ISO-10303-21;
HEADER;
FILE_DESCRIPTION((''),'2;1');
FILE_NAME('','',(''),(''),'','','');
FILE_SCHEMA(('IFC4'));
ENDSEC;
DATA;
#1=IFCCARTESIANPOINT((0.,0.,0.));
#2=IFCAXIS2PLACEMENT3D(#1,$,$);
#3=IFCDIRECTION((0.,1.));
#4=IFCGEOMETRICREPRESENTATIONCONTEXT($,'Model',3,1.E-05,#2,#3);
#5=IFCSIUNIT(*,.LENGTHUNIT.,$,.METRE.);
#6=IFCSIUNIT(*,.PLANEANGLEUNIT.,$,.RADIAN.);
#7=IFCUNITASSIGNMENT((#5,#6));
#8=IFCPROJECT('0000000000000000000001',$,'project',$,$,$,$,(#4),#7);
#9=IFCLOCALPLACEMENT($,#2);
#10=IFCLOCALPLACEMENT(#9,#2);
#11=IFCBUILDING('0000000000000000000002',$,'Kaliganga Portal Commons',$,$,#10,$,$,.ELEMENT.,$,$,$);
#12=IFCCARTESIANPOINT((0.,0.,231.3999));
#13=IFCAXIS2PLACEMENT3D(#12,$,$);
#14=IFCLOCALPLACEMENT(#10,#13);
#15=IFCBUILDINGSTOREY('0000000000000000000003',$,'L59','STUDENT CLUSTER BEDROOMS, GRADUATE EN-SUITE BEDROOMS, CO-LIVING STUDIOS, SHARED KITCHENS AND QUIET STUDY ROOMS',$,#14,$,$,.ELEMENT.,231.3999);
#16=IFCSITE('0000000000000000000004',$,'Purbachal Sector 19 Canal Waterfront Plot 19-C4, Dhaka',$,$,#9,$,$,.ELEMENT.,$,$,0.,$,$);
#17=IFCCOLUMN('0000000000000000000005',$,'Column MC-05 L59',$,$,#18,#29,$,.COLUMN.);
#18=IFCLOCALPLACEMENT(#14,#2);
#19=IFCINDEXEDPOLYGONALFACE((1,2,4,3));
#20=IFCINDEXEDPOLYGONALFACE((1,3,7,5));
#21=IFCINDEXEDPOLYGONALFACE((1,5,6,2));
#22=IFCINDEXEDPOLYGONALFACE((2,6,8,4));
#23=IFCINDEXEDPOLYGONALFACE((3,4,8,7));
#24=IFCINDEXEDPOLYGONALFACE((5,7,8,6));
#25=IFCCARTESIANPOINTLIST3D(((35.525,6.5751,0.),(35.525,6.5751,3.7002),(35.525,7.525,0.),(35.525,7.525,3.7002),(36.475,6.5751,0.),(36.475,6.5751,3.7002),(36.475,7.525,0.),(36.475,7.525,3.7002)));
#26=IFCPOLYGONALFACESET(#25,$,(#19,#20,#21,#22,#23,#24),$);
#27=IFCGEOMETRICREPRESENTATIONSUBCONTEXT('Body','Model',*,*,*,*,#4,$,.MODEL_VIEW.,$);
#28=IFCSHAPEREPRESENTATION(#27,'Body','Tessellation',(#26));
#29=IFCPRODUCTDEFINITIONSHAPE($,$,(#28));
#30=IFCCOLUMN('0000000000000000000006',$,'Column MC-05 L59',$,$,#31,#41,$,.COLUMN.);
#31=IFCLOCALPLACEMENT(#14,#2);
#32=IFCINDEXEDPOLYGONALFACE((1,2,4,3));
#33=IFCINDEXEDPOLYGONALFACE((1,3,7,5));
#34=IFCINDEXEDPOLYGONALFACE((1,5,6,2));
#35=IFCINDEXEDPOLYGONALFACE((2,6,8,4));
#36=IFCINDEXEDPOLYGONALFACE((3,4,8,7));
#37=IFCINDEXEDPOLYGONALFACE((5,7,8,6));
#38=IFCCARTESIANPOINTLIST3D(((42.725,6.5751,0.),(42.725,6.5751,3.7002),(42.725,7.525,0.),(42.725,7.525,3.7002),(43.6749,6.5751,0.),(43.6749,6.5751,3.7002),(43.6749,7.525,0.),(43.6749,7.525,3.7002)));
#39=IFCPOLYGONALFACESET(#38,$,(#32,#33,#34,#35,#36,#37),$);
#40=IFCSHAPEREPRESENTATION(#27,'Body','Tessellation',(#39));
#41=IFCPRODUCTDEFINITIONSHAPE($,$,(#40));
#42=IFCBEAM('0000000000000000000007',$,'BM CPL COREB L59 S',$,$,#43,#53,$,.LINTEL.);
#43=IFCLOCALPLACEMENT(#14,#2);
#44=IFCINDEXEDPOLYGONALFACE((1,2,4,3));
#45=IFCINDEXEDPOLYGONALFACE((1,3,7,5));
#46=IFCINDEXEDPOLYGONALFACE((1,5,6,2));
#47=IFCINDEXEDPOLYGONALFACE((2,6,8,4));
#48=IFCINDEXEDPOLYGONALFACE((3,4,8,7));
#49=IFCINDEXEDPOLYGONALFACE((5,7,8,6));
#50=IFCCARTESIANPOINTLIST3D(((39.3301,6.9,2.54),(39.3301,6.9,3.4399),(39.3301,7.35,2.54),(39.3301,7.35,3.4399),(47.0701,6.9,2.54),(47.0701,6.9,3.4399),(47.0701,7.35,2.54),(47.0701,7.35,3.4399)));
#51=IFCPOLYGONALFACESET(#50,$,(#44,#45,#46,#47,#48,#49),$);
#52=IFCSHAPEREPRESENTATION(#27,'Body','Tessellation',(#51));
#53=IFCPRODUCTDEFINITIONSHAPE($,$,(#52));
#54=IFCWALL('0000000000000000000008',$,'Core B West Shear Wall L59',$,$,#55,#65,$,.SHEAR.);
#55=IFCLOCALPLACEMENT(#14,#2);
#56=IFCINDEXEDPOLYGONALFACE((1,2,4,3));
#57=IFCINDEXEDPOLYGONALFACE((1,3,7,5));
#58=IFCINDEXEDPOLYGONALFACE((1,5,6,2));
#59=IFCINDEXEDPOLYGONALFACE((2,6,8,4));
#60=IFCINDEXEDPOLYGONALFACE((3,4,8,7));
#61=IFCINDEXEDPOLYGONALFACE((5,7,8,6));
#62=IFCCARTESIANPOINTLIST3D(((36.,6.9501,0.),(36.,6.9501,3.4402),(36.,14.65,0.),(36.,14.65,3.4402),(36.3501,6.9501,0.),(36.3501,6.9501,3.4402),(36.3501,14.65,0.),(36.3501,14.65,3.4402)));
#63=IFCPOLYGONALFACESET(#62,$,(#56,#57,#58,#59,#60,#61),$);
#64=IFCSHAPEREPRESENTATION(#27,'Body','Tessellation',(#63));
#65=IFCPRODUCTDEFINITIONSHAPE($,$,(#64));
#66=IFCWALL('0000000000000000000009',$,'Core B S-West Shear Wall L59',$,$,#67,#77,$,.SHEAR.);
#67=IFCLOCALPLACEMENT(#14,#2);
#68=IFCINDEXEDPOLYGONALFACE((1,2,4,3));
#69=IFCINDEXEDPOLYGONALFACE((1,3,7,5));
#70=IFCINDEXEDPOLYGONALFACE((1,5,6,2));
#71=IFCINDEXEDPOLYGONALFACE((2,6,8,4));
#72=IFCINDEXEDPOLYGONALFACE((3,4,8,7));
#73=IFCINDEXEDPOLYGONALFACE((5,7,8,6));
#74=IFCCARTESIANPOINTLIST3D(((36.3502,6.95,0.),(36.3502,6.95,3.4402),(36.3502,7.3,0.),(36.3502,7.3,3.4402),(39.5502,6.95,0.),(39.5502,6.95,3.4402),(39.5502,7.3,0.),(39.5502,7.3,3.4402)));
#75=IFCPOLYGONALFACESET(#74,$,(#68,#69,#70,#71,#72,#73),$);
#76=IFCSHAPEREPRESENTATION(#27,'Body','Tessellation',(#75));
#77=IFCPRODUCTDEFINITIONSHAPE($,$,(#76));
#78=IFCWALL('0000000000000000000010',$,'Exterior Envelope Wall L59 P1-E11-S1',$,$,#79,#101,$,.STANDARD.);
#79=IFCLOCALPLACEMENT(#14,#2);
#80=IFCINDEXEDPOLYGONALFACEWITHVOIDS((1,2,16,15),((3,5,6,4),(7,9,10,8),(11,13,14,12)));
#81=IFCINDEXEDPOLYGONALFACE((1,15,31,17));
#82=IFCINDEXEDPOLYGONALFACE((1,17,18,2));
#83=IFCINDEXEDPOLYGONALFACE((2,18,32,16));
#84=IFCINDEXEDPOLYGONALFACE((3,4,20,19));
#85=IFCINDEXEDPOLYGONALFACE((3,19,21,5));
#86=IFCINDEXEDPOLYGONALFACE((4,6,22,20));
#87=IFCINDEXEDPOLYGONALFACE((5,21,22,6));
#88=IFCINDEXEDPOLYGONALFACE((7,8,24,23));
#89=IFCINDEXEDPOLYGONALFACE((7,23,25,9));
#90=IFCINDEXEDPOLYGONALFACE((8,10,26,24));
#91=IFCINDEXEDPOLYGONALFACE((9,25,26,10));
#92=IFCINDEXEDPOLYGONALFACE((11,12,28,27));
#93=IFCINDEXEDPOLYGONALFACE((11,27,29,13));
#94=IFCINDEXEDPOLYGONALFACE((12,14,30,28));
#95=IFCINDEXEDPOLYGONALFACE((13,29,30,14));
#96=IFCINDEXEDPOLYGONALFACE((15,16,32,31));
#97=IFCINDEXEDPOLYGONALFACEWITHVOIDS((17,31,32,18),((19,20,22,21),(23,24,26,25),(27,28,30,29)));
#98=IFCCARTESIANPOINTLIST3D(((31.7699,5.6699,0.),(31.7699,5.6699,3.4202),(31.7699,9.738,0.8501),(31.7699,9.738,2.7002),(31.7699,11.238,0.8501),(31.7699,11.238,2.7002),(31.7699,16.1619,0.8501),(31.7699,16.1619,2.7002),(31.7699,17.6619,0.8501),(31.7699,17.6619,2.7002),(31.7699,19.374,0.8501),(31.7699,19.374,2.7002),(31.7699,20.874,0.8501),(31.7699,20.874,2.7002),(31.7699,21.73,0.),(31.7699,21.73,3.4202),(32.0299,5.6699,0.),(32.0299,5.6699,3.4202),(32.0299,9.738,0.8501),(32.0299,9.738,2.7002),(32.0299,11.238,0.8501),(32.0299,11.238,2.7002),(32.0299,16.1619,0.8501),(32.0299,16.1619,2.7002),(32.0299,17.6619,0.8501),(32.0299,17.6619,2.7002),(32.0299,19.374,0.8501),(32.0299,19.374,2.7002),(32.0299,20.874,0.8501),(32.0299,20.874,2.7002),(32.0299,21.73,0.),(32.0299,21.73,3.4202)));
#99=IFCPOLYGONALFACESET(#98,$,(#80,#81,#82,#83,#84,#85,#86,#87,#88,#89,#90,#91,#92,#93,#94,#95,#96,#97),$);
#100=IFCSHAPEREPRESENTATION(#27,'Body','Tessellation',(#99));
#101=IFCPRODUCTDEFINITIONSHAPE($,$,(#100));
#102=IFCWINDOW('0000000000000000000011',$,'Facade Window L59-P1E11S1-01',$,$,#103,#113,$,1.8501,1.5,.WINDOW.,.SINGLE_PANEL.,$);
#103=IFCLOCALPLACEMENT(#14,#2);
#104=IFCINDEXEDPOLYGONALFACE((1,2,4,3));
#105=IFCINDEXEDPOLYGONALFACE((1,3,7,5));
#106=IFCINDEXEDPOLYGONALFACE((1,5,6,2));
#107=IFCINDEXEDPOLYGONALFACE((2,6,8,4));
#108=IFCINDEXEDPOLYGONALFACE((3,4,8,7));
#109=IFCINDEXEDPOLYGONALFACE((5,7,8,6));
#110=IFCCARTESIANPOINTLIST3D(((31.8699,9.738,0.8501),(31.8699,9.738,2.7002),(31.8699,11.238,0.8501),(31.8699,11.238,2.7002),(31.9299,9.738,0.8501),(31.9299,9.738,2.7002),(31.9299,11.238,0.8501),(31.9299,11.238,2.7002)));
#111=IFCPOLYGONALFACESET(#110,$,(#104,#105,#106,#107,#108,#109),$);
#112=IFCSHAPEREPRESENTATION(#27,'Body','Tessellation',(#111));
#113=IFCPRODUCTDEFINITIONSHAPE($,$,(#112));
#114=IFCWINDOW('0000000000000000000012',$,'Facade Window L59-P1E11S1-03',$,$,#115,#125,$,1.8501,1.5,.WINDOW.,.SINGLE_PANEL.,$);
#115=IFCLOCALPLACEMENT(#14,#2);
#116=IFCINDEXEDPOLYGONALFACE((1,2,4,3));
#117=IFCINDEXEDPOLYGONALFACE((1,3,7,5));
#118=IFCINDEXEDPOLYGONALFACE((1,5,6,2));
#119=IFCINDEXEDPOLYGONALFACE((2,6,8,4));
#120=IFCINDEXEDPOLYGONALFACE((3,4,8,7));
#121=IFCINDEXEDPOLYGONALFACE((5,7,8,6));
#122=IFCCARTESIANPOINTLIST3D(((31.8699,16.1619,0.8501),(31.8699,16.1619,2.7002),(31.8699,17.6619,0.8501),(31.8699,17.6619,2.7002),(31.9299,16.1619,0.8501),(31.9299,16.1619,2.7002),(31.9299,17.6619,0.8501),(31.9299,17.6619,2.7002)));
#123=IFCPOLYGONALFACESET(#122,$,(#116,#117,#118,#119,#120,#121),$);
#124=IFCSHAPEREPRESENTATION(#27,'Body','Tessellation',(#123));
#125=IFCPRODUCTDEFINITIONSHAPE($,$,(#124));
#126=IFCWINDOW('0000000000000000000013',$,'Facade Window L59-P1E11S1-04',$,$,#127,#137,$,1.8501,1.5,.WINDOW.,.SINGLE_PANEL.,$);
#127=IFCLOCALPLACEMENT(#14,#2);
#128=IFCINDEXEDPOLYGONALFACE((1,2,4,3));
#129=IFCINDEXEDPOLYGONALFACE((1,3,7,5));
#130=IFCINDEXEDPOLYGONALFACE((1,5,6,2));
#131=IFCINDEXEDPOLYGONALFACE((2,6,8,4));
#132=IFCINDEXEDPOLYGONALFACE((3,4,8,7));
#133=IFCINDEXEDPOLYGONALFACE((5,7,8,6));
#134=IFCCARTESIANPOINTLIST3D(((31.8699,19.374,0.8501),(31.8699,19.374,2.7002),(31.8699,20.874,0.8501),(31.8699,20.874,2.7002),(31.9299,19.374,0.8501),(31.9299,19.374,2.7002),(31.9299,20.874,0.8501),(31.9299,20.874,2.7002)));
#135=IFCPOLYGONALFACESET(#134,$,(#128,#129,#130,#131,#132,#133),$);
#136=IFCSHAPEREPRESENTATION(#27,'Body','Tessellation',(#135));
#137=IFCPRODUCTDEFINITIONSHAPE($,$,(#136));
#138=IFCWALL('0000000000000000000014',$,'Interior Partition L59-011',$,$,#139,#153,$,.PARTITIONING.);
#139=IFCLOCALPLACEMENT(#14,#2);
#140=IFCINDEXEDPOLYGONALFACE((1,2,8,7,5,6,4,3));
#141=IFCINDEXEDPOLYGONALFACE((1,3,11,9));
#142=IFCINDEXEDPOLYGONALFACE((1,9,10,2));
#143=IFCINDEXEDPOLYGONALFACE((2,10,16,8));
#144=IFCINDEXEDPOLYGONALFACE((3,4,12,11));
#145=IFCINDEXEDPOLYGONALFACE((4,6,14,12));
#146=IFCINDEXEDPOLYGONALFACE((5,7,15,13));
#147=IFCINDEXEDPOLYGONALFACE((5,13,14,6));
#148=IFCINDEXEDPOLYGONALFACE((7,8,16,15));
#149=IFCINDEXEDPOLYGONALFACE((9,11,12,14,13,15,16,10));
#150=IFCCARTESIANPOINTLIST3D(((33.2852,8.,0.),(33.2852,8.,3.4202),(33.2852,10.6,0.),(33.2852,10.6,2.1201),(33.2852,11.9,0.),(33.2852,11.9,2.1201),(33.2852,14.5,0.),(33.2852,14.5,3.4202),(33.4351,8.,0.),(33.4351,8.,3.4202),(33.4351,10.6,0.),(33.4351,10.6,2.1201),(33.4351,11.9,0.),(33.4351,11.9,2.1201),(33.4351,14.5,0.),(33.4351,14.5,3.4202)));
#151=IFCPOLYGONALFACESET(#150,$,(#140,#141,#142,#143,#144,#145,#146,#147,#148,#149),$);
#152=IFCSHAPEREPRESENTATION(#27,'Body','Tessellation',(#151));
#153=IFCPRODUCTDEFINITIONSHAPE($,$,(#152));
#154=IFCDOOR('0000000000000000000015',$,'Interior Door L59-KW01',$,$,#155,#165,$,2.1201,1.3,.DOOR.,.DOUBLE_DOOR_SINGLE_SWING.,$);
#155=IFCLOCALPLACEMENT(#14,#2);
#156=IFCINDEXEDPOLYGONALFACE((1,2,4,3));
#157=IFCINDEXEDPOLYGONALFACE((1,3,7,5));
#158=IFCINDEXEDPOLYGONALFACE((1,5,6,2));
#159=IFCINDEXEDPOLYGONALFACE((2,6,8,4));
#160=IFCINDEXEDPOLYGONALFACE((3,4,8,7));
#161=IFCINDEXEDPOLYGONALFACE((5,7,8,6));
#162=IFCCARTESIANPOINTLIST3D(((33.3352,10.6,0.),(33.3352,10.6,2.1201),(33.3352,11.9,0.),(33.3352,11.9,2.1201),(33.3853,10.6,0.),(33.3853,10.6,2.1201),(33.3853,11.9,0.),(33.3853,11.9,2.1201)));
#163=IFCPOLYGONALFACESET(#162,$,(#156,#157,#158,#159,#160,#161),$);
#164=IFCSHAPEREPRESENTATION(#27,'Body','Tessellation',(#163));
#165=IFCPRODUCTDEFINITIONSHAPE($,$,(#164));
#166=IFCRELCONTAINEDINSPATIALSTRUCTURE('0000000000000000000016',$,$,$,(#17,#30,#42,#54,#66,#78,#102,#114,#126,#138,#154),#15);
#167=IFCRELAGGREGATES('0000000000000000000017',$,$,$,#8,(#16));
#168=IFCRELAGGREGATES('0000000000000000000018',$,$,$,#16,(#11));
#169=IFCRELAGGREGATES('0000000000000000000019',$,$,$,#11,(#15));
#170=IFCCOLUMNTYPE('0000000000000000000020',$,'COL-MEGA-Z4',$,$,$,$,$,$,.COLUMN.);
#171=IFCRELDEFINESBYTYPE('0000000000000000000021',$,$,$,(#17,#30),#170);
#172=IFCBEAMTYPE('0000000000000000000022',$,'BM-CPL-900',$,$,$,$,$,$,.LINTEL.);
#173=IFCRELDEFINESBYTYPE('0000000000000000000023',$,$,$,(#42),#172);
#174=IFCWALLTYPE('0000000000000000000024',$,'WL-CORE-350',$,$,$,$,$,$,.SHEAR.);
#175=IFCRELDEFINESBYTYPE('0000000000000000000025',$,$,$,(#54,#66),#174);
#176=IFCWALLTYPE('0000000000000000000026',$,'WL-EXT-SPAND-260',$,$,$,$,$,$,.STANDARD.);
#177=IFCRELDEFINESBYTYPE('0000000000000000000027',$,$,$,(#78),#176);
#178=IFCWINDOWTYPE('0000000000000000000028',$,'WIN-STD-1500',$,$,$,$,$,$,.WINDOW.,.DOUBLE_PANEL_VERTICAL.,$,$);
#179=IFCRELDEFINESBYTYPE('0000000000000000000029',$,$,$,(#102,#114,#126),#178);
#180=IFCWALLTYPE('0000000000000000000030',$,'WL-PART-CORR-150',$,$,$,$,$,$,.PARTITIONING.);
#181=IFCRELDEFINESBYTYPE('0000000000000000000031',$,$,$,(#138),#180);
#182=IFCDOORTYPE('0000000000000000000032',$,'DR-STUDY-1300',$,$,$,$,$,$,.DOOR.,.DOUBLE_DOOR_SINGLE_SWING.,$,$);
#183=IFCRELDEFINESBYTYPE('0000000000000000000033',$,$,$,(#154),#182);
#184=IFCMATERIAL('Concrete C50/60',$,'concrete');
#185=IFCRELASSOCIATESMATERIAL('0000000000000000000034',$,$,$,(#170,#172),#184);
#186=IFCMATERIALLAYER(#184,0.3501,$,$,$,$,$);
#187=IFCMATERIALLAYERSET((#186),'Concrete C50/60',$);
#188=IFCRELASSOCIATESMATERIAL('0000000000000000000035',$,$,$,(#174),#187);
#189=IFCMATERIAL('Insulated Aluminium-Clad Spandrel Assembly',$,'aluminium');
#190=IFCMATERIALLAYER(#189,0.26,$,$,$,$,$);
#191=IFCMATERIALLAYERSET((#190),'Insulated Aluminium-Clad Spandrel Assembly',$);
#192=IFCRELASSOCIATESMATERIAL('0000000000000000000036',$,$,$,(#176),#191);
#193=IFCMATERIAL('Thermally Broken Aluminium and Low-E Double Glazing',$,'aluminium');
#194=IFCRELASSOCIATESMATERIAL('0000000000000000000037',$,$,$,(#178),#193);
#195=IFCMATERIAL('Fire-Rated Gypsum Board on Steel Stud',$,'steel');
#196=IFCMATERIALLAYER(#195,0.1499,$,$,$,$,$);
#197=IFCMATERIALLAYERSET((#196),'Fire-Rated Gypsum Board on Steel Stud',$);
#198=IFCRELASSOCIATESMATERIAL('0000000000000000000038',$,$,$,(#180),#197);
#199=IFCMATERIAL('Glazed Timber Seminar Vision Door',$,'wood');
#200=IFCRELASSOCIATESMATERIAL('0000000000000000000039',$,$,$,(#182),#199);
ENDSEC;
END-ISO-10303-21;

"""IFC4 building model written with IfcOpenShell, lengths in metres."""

from ifc_helpers import new_model, si_unit, direction, frame, frame_2d, origin, origin_2d, place, context, subcontext, project, spatial, rectangle, extrude, source, transform, mapped, material, layer, layer_set, material_profile, profile_set, type_object, element, fill, save


model = new_model("IFC4")

# Units and contexts
model_context = context("Model", 3, precision=1e-05, world=origin(), true_north=direction((0.0, 1.0)))
body_context = subcontext(model_context, "Body", "Model", "MODEL_VIEW")
ifc_project = project(units=[si_unit("LENGTHUNIT", "METRE"), si_unit("PLANEANGLEUNIT", "RADIAN")], contexts=[model_context])

# Site, building, storey
site_placement = place(None, origin())
site = spatial("IfcSite", under=ifc_project, at=site_placement, Name="Purbachal Sector 19 Canal Waterfront Plot 19-C4, Dhaka", CompositionType="ELEMENT", RefElevation=0.0)
building_placement = place(site_placement, origin())
building = spatial("IfcBuilding", under=site, at=building_placement, Name="Kaliganga Portal Commons", CompositionType="ELEMENT")
storey_placement = place(building_placement, frame((0.0, 0.0, 231.3999)))
storey = spatial("IfcBuildingStorey", under=building, at=storey_placement, Name="L59", Description="STUDENT CLUSTER BEDROOMS, GRADUATE EN-SUITE BEDROOMS, CO-LIVING STUDIOS, SHARED KITCHENS AND QUIET STUDY ROOMS", CompositionType="ELEMENT", Elevation=231.3999)

# Columns
ifc_material_1 = material(Name="Concrete C50/60", Category="concrete")
ifc_material_profile_1 = material_profile(ifc_material_1, rectangle(XDim=0.95, YDim=0.95, at=origin_2d()), Name="RC 950x950")
ifc_profile_set_1 = profile_set([ifc_material_profile_1], Name="Concrete C50/60")
column_type = type_object("IfcColumnType", Name="COL-MEGA-Z4", PredefinedType="COLUMN", material=ifc_profile_set_1)
shared_shape_1 = source(origin(), body_context, "Body", "SweptSolid", [
    extrude(rectangle(XDim=0.95, YDim=0.95, at=origin_2d()), origin(), (0.0, 0.0, 1.0), 3.7002),
])
for number, where, z_axis, x_axis, name in (
    (1, (36.0, 7.05, 0.0), (0.0, 0.0, 1.0), (1.0, 0.0, 0.0), "Column MC-05 L59"),
    (2, (43.2, 7.05, 0.0), (0.0, 0.0, 1.0), (1.0, 0.0, 0.0), "Column MC-05 L59"),
):
    element("IfcColumn", number, at=place(storey_placement, frame(where, z_axis=z_axis, x_axis=x_axis)), inside=storey, type_object=column_type, Name=name, PredefinedType="COLUMN", context=body_context, shape_type="MappedRepresentation", body=[
        mapped(shared_shape_1, transform((0.0, 0.0, 0.0), x_axis=(1.0, 0.0, 0.0), y_axis=(0.0, 1.0, 0.0), z_axis=(0.0, 0.0, 1.0), scale=1.0)),
    ])

# Beam
ifc_material_profile_2 = material_profile(ifc_material_1, rectangle(XDim=0.45, YDim=0.8999, at=origin_2d()), Name="RC 450x900")
ifc_profile_set_2 = profile_set([ifc_material_profile_2], Name="Concrete C50/60")
beam_type = type_object("IfcBeamType", Name="BM-CPL-900", PredefinedType="LINTEL", material=ifc_profile_set_2)
shared_shape_2 = source(origin(), body_context, "Body", "SweptSolid", [
    extrude(rectangle(XDim=0.45, YDim=0.8999, at=origin_2d()), origin(), (0.0, 0.0, 1.0), 7.74),
])
beam_placement = place(storey_placement, frame((39.3301, 7.125, 2.99), z_axis=(1.0, 0.0, 0.0), x_axis=(0.0, 1.0, 0.0)))
element("IfcBeam", 3, at=beam_placement, inside=storey, type_object=beam_type, Name="BM CPL COREB L59 S", PredefinedType="LINTEL", context=body_context, shape_type="MappedRepresentation", body=[
    mapped(shared_shape_2, transform((0.0, 0.0, 0.0), x_axis=(1.0, 0.0, 0.0), y_axis=(0.0, 1.0, 0.0), z_axis=(0.0, 0.0, 1.0), scale=1.0)),
])

# Walls
ifc_layer_1 = layer(ifc_material_1, 0.3501)
ifc_layer_set_1 = layer_set([ifc_layer_1], Name="Concrete C50/60")
wall_type_1 = type_object("IfcWallType", Name="WL-CORE-350", PredefinedType="SHEAR", material=ifc_layer_set_1)
wall_1_placement = place(storey_placement, frame((36.175, 6.95, 0.0), z_axis=(0.0, 0.0, 1.0), x_axis=(0.0, 1.0, 0.0)))
element("IfcWall", 4, at=wall_1_placement, inside=storey, type_object=wall_type_1, Name="Core B West Shear Wall L59", PredefinedType="SHEAR", context=body_context, shape_type="SweptSolid", body=[
    extrude(rectangle(XDim=7.7, YDim=0.3501, at=frame_2d((3.8501, 0.0))), origin(), (0.0, 0.0, 1.0), 3.4402),
])
wall_2_placement = place(storey_placement, frame((36.3501, 7.125, 0.0), z_axis=(0.0, 0.0, 1.0), x_axis=(1.0, 0.0, 0.0)))
element("IfcWall", 5, at=wall_2_placement, inside=storey, type_object=wall_type_1, Name="Core B S-West Shear Wall L59", PredefinedType="SHEAR", context=body_context, shape_type="SweptSolid", body=[
    extrude(rectangle(XDim=3.2, YDim=0.3501, at=frame_2d((1.6001, 0.0))), origin(), (0.0, 0.0, 1.0), 3.4402),
])

# Wall, openings, windows
ifc_material_2 = material(Name="Insulated Aluminium-Clad Spandrel Assembly", Category="aluminium")
ifc_layer_2 = layer(ifc_material_2, 0.26)
ifc_layer_set_2 = layer_set([ifc_layer_2], Name="Insulated Aluminium-Clad Spandrel Assembly")
wall_type_2 = type_object("IfcWallType", Name="WL-EXT-SPAND-260", PredefinedType="STANDARD", material=ifc_layer_set_2)
wall_3_placement = place(storey_placement, frame((31.8999, 5.6699, 0.0), z_axis=(0.0, 0.0, 1.0), x_axis=(0.0, 1.0, 0.0)))
wall_3 = element("IfcWall", 6, at=wall_3_placement, inside=storey, type_object=wall_type_2, Name="Exterior Envelope Wall L59 P1-E11-S1", PredefinedType="STANDARD", context=body_context, shape_type="SweptSolid", body=[
    extrude(rectangle(XDim=16.0601, YDim=0.26, at=frame_2d((8.03, 0.0))), origin(), (0.0, 0.0, 1.0), 3.4202),
])
opening_1_placement = place(wall_3_placement, frame((4.0681, 0.0, 0.8501)))
opening_1 = element("IfcOpeningElement", 7, at=opening_1_placement, cuts=wall_3, PredefinedType="OPENING", context=body_context, shape_type="SweptSolid", body=[
    extrude(rectangle(XDim=1.5, YDim=1.8501, at=frame_2d((0.75, 0.925))), frame((0.0, 0.1401, 0.0), z_axis=(0.0, -1.0, 0.0), x_axis=(1.0, 0.0, 0.0)), (0.0, 0.0, 1.0), 0.28),
])
opening_2_placement = place(wall_3_placement, frame((10.4919, 0.0, 0.8501)))
opening_2 = element("IfcOpeningElement", 8, at=opening_2_placement, cuts=wall_3, PredefinedType="OPENING", context=body_context, shape_type="SweptSolid", body=[
    extrude(rectangle(XDim=1.5, YDim=1.8501, at=frame_2d((0.75, 0.925))), frame((0.0, 0.1401, 0.0), z_axis=(0.0, -1.0, 0.0), x_axis=(1.0, 0.0, 0.0)), (0.0, 0.0, 1.0), 0.28),
])
opening_3_placement = place(wall_3_placement, frame((13.7041, 0.0, 0.8501)))
opening_3 = element("IfcOpeningElement", 9, at=opening_3_placement, cuts=wall_3, PredefinedType="OPENING", context=body_context, shape_type="SweptSolid", body=[
    extrude(rectangle(XDim=1.5, YDim=1.8501, at=frame_2d((0.75, 0.925))), frame((0.0, 0.1401, 0.0), z_axis=(0.0, -1.0, 0.0), x_axis=(1.0, 0.0, 0.0)), (0.0, 0.0, 1.0), 0.28),
])
ifc_material_3 = material(Name="Thermally Broken Aluminium and Low-E Double Glazing", Category="aluminium")
window_type = type_object("IfcWindowType", Name="WIN-STD-1500", PartitioningType="DOUBLE_PANEL_VERTICAL", PredefinedType="WINDOW", material=ifc_material_3)
window_1_placement = place(opening_1_placement, origin())
window_1 = element("IfcWindow", 10, at=window_1_placement, inside=storey, type_object=window_type, Name="Facade Window L59-P1E11S1-01", OverallHeight=1.8501, OverallWidth=1.5, PartitioningType="SINGLE_PANEL", PredefinedType="WINDOW", context=body_context, shape_type="SweptSolid", body=[
    extrude(rectangle(XDim=1.5, YDim=1.8501, at=frame_2d((0.75, 0.925))), frame((0.0, 0.03, 0.0), z_axis=(0.0, -1.0, 0.0), x_axis=(1.0, 0.0, 0.0)), (0.0, 0.0, 1.0), 0.0601),
])
fill(opening_1, window_1)
window_2_placement = place(opening_2_placement, origin())
window_2 = element("IfcWindow", 11, at=window_2_placement, inside=storey, type_object=window_type, Name="Facade Window L59-P1E11S1-03", OverallHeight=1.8501, OverallWidth=1.5, PartitioningType="SINGLE_PANEL", PredefinedType="WINDOW", context=body_context, shape_type="SweptSolid", body=[
    extrude(rectangle(XDim=1.5, YDim=1.8501, at=frame_2d((0.75, 0.925))), frame((0.0, 0.03, 0.0), z_axis=(0.0, -1.0, 0.0), x_axis=(1.0, 0.0, 0.0)), (0.0, 0.0, 1.0), 0.0601),
])
fill(opening_2, window_2)
window_3_placement = place(opening_3_placement, origin())
window_3 = element("IfcWindow", 12, at=window_3_placement, inside=storey, type_object=window_type, Name="Facade Window L59-P1E11S1-04", OverallHeight=1.8501, OverallWidth=1.5, PartitioningType="SINGLE_PANEL", PredefinedType="WINDOW", context=body_context, shape_type="SweptSolid", body=[
    extrude(rectangle(XDim=1.5, YDim=1.8501, at=frame_2d((0.75, 0.925))), frame((0.0, 0.03, 0.0), z_axis=(0.0, -1.0, 0.0), x_axis=(1.0, 0.0, 0.0)), (0.0, 0.0, 1.0), 0.0601),
])
fill(opening_3, window_3)

# Wall, opening, door
ifc_material_4 = material(Name="Fire-Rated Gypsum Board on Steel Stud", Category="steel")
ifc_layer_3 = layer(ifc_material_4, 0.1499)
ifc_layer_set_3 = layer_set([ifc_layer_3], Name="Fire-Rated Gypsum Board on Steel Stud")
wall_type_3 = type_object("IfcWallType", Name="WL-PART-CORR-150", PredefinedType="PARTITIONING", material=ifc_layer_set_3)
wall_4_placement = place(storey_placement, frame((33.3601, 8.0, 0.0), z_axis=(0.0, 0.0, 1.0), x_axis=(0.0, 1.0, 0.0)))
wall_4 = element("IfcWall", 13, at=wall_4_placement, inside=storey, type_object=wall_type_3, Name="Interior Partition L59-011", PredefinedType="PARTITIONING", context=body_context, shape_type="SweptSolid", body=[
    extrude(rectangle(XDim=6.5, YDim=0.1499, at=frame_2d((3.25, 0.0))), origin(), (0.0, 0.0, 1.0), 3.4202),
])
opening_4_placement = place(wall_4_placement, frame((2.6001, 0.0, 0.0)))
opening_4 = element("IfcOpeningElement", 14, at=opening_4_placement, cuts=wall_4, PredefinedType="OPENING", context=body_context, shape_type="SweptSolid", body=[
    extrude(rectangle(XDim=1.3, YDim=2.1201, at=frame_2d((0.6499, 1.0601))), frame((0.0, 0.085, 0.0), z_axis=(0.0, -1.0, 0.0), x_axis=(1.0, 0.0, 0.0)), (0.0, 0.0, 1.0), 0.1699),
])
ifc_material_5 = material(Name="Glazed Timber Seminar Vision Door", Category="wood")
door_type_1 = type_object("IfcDoorType", Name="DR-STUDY-1300", OperationType="DOUBLE_DOOR_SINGLE_SWING", PredefinedType="DOOR", material=ifc_material_5)
door_1_placement = place(opening_4_placement, origin())
door_1 = element("IfcDoor", 15, at=door_1_placement, inside=storey, type_object=door_type_1, Name="Interior Door L59-KW01", OperationType="DOUBLE_DOOR_SINGLE_SWING", OverallHeight=2.1201, OverallWidth=1.3, PredefinedType="DOOR", context=body_context, shape_type="SweptSolid", body=[
    extrude(rectangle(XDim=1.3, YDim=2.1201, at=frame_2d((0.6499, 1.0601))), frame((0.0, 0.0249, 0.0), z_axis=(0.0, -1.0, 0.0), x_axis=(1.0, 0.0, 0.0)), (0.0, 0.0, 1.0), 0.05),
])
fill(opening_4, door_1)

save(model, "model.ifc")
